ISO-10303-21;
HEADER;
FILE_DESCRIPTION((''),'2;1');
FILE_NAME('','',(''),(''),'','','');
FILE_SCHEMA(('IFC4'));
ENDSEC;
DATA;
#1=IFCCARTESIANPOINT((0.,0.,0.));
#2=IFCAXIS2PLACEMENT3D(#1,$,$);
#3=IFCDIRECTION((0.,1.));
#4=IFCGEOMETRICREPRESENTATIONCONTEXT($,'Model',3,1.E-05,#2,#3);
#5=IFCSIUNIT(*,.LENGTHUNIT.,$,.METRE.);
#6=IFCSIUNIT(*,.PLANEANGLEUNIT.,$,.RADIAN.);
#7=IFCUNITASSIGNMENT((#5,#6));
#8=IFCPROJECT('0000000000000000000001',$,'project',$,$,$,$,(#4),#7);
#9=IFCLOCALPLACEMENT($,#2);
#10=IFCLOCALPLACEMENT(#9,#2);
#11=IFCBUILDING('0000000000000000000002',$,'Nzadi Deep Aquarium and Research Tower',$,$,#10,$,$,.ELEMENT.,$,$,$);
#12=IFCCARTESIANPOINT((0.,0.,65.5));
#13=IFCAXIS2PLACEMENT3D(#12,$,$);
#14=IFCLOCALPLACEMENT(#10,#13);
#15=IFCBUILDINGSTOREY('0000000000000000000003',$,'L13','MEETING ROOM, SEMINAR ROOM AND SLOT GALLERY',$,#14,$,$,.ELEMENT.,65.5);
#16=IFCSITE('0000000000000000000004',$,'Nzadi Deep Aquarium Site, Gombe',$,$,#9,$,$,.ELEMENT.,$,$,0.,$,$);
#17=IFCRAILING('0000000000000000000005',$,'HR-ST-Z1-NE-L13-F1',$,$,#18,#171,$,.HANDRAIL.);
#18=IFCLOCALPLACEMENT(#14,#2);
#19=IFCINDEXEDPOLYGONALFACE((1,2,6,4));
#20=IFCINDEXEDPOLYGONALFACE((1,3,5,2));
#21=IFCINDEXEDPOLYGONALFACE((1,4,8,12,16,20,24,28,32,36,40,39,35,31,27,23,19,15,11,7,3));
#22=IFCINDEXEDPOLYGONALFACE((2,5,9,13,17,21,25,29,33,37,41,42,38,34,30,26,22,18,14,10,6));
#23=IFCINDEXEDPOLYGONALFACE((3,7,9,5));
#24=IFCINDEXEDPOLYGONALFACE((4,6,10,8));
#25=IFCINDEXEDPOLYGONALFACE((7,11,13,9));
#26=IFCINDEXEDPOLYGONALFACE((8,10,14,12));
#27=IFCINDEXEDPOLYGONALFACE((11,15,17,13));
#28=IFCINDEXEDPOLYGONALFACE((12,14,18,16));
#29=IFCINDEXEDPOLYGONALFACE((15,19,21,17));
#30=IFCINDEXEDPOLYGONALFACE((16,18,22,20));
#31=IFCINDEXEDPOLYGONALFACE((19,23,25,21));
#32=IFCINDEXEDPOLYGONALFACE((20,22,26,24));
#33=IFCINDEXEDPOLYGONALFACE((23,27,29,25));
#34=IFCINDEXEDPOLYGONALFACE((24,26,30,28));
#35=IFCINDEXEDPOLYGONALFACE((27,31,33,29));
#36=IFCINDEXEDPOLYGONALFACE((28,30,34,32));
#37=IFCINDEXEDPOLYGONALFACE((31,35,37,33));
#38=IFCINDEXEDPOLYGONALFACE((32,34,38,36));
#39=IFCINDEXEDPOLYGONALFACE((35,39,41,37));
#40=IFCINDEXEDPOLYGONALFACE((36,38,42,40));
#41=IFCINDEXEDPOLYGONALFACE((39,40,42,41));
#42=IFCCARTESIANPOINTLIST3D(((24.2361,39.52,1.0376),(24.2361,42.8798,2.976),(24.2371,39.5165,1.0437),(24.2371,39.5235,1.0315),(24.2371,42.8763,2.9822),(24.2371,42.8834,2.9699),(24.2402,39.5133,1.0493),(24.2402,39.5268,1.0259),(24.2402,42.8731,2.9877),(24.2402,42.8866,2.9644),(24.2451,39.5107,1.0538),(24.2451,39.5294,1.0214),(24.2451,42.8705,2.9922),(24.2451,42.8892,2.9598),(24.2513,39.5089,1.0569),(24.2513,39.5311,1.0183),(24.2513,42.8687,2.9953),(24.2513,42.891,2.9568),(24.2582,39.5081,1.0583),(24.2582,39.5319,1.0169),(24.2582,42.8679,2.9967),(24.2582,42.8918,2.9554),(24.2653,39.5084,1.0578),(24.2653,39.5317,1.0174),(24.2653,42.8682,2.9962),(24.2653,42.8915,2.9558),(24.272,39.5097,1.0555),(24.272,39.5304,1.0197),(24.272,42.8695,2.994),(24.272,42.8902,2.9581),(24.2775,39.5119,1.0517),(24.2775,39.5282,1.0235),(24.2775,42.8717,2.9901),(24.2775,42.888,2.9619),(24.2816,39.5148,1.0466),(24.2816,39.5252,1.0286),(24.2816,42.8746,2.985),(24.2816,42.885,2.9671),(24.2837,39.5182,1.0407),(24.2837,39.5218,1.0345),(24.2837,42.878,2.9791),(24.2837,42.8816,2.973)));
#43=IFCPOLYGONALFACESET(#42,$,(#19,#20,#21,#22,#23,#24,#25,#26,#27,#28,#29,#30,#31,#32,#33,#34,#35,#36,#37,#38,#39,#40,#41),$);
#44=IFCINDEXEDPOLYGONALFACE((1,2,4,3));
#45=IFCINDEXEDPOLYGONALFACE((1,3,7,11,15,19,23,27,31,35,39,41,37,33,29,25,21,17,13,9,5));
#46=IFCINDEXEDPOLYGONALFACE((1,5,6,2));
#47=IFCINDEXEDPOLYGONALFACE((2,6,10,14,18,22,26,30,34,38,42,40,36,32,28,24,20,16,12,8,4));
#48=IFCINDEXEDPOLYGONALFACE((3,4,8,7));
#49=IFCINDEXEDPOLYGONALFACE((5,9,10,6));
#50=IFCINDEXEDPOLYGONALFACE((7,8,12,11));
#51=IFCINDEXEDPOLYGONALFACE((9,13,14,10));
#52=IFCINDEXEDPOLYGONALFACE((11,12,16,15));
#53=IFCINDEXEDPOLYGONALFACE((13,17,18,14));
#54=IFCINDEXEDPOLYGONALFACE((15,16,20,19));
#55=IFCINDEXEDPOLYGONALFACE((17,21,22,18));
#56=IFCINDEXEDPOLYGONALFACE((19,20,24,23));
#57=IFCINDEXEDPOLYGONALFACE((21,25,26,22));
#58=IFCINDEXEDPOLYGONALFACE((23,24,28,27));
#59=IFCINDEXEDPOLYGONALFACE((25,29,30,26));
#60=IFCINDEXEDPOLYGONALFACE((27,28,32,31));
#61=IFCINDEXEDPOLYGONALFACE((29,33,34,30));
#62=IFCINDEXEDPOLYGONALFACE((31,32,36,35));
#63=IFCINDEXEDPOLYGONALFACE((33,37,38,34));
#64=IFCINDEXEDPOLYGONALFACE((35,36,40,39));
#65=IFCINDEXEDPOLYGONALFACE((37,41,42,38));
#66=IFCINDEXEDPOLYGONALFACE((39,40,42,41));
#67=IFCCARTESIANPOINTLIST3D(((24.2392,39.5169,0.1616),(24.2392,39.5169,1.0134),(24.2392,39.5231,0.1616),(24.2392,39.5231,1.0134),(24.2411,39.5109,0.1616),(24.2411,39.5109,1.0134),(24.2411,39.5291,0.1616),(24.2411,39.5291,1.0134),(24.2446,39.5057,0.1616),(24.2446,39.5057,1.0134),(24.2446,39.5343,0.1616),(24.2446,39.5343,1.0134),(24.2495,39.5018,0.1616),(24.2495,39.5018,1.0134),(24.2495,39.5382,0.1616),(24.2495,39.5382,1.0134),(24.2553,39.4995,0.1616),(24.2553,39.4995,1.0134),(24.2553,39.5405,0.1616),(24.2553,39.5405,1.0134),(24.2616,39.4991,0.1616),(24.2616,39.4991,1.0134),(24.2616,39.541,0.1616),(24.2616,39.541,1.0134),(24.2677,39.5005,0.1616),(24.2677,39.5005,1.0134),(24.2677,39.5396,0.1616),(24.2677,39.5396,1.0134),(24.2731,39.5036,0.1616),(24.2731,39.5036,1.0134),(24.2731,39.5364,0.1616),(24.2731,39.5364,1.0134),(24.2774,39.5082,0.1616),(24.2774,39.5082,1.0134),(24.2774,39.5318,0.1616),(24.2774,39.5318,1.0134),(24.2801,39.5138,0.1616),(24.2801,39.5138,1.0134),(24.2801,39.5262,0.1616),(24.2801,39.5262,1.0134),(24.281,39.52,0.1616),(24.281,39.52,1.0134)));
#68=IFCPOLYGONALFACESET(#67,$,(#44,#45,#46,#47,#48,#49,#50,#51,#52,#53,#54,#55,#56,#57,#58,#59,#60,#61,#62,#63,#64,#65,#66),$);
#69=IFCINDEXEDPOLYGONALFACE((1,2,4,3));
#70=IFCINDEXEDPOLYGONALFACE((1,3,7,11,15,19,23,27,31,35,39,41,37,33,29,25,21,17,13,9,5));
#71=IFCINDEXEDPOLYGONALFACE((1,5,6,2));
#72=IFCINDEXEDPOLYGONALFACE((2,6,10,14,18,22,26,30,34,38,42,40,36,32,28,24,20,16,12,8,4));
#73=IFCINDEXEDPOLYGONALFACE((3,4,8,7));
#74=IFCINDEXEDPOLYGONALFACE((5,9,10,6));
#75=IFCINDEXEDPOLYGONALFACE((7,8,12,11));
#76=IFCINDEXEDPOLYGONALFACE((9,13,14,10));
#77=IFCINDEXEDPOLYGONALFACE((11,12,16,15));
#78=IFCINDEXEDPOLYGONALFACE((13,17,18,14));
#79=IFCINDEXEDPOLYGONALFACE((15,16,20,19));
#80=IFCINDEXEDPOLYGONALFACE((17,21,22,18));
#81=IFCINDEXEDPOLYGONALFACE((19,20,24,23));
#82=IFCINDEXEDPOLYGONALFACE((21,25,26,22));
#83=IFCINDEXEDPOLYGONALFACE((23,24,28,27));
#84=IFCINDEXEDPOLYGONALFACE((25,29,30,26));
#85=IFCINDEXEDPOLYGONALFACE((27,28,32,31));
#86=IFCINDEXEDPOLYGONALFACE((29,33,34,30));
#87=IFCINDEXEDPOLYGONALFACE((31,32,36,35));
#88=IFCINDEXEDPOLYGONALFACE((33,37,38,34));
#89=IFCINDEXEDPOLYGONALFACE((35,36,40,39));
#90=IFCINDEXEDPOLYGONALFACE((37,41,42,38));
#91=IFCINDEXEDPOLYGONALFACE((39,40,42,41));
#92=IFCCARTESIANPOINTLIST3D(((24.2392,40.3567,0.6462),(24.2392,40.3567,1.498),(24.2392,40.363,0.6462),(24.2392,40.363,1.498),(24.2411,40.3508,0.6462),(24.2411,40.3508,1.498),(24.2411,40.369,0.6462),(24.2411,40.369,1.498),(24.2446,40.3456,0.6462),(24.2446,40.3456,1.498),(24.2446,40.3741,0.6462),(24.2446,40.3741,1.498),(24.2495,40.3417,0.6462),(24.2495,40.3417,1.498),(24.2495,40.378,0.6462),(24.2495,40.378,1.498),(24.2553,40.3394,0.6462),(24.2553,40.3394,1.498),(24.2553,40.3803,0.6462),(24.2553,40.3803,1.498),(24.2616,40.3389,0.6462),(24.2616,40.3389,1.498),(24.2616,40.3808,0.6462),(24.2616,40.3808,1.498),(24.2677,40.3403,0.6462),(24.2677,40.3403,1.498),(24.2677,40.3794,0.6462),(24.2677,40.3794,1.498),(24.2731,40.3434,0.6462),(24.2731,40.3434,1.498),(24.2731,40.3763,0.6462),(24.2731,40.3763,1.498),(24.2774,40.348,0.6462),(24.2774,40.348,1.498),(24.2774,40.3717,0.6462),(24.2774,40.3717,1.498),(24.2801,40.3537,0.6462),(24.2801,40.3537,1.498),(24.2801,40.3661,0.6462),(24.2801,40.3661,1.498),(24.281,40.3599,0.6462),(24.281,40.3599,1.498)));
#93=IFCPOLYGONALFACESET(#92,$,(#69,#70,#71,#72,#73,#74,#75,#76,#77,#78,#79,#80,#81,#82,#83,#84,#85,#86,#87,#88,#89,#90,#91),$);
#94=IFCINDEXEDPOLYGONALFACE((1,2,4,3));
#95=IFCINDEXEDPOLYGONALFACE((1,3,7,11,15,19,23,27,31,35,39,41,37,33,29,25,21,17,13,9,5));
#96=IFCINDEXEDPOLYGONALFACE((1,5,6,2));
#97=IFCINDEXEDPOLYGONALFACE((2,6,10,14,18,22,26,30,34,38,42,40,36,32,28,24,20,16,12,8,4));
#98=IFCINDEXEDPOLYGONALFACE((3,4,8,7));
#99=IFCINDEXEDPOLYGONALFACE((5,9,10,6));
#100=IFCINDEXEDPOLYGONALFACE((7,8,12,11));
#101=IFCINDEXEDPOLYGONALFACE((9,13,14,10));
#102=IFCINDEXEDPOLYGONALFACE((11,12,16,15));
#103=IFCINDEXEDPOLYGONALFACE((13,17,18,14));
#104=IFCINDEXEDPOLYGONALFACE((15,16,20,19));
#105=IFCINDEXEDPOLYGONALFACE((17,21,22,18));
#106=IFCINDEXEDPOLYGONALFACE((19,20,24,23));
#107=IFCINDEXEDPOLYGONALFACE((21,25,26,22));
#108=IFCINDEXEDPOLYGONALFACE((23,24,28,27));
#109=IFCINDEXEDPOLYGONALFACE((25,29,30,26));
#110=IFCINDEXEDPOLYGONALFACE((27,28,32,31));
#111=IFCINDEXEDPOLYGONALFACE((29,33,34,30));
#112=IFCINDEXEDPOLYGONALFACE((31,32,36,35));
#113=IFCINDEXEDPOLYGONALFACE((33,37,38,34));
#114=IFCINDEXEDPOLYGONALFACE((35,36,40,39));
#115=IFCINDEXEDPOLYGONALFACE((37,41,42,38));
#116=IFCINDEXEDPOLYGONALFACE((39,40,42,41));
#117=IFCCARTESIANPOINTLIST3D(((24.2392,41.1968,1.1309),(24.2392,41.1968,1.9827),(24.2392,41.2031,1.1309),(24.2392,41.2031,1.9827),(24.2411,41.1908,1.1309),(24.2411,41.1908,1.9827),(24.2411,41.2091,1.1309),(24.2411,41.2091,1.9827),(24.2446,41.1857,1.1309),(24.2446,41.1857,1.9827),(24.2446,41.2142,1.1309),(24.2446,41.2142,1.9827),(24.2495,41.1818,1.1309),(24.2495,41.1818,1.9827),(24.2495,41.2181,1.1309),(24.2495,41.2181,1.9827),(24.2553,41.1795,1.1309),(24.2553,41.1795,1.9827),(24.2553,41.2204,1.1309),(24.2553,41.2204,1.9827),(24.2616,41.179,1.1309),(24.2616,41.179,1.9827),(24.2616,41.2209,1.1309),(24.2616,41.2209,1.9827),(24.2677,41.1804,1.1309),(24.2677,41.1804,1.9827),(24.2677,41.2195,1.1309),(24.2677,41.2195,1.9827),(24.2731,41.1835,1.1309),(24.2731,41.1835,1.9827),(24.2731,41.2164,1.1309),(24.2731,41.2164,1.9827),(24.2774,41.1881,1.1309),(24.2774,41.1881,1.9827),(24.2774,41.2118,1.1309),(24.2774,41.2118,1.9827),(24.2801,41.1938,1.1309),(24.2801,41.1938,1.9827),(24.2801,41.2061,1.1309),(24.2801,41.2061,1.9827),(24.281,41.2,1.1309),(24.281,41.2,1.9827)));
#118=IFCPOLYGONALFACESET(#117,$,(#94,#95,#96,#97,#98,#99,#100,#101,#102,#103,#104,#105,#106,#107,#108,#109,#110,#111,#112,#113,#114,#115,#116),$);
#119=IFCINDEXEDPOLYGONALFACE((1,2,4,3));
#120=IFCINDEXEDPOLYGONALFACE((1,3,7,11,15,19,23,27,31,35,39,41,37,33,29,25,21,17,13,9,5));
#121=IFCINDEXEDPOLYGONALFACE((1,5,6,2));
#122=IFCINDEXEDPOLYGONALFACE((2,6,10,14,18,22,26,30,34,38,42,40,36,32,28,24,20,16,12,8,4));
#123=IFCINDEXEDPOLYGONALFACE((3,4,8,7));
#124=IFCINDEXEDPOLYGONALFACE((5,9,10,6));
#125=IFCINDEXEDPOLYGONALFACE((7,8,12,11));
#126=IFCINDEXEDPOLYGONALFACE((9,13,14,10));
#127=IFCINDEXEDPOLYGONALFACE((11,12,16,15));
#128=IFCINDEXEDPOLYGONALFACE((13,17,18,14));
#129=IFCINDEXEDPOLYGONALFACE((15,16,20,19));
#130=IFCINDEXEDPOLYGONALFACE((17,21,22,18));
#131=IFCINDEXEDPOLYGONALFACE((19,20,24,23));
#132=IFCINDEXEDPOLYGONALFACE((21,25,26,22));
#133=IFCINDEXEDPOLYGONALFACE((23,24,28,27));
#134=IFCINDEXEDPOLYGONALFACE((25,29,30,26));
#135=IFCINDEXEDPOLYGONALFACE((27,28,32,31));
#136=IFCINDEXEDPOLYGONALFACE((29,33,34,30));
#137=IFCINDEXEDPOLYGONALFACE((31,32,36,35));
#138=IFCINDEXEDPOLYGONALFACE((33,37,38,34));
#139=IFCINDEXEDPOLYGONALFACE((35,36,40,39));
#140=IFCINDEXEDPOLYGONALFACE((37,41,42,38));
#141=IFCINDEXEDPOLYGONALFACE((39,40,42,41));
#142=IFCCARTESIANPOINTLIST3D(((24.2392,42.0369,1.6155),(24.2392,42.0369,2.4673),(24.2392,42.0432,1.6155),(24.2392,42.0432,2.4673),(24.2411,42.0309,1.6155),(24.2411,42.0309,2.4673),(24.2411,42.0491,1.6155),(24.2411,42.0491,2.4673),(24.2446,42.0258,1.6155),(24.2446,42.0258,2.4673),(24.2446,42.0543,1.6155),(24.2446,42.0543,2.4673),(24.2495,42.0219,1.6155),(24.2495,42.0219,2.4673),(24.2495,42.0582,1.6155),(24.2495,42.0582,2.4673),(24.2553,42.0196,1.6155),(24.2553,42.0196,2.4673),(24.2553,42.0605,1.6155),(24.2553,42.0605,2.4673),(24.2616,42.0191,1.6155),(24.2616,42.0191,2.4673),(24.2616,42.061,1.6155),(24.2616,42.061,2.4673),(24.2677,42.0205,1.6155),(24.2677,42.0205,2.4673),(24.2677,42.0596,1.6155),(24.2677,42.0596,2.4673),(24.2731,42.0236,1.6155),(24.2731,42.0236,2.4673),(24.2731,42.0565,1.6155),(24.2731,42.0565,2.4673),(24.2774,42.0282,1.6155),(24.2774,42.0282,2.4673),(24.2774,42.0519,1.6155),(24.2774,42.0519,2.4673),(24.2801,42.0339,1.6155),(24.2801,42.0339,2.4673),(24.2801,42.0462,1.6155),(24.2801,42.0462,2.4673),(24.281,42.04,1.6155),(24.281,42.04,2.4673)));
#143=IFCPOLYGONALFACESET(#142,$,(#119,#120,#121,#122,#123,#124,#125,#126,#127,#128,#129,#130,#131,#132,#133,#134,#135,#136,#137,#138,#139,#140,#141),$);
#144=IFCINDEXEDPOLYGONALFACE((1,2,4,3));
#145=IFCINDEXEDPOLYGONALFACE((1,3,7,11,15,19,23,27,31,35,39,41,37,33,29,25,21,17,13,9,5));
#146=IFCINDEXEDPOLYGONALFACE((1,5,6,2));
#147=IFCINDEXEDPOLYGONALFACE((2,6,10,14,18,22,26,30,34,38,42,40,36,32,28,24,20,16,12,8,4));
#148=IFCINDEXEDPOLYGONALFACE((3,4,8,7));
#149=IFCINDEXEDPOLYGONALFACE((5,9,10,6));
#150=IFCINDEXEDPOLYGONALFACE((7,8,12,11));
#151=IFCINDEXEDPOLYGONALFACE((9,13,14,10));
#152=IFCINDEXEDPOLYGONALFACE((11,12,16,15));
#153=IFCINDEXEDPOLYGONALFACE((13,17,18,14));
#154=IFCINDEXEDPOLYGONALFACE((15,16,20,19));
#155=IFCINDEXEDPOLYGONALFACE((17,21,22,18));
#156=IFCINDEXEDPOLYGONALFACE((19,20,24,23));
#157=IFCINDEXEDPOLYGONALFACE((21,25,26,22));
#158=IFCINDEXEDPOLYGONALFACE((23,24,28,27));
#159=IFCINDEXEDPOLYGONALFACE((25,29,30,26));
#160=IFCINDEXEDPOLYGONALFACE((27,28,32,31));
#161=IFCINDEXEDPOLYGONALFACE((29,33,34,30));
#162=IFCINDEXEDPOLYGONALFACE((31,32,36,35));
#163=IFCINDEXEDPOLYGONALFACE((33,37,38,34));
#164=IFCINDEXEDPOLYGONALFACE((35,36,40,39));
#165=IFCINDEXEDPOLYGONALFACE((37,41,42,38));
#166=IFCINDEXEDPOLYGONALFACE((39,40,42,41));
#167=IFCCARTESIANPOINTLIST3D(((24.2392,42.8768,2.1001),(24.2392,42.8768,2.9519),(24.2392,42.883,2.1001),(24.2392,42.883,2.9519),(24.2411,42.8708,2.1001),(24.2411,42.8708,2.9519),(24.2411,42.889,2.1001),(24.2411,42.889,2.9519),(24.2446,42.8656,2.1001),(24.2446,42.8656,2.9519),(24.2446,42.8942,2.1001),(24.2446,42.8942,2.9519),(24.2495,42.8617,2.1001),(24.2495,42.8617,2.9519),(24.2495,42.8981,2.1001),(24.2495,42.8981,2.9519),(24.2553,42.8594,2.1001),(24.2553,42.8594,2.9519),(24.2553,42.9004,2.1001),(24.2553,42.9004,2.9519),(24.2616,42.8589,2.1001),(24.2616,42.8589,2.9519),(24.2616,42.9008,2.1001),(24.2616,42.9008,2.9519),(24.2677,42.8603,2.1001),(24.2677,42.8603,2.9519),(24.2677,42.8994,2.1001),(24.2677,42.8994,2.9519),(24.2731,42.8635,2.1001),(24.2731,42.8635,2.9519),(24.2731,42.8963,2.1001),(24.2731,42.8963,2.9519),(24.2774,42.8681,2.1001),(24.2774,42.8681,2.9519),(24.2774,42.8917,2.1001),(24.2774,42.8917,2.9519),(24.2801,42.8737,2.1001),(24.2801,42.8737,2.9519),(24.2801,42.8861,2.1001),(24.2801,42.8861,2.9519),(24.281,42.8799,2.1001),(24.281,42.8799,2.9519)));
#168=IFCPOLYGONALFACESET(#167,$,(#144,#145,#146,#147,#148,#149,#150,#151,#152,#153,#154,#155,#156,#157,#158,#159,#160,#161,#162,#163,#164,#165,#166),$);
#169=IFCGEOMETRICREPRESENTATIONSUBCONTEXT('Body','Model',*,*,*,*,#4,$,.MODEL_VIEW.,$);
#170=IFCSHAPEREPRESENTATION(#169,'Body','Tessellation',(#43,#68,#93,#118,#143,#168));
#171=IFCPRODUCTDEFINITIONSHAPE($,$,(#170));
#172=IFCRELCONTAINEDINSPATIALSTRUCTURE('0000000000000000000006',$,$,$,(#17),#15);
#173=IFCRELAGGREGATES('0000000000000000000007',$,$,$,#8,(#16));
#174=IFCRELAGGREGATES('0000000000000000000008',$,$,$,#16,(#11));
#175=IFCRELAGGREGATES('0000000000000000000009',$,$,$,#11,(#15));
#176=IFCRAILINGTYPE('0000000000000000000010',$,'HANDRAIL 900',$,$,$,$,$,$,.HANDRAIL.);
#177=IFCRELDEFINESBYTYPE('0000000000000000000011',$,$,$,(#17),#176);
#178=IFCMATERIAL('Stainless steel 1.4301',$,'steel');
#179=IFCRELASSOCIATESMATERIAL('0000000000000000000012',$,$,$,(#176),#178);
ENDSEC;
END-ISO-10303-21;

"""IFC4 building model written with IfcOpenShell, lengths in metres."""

from ifc_helpers import new_model, si_unit, direction, frame, origin, origin_2d, place, context, subcontext, project, spatial, circle, extrude, material, type_object, element, save


model = new_model("IFC4")

# Units and contexts
model_context = context("Model", 3, precision=1e-05, world=origin(), true_north=direction((0.0, 1.0)))
body_context = subcontext(model_context, "Body", "Model", "MODEL_VIEW")
ifc_project = project(units=[si_unit("LENGTHUNIT", "METRE"), si_unit("PLANEANGLEUNIT", "RADIAN")], contexts=[model_context])

# Site, building, storey
site_placement = place(None, origin())
site = spatial("IfcSite", under=ifc_project, at=site_placement, Name="Nzadi Deep Aquarium Site, Gombe", CompositionType="ELEMENT", RefElevation=0.0)
building_placement = place(site_placement, origin())
building = spatial("IfcBuilding", under=site, at=building_placement, Name="Nzadi Deep Aquarium and Research Tower", CompositionType="ELEMENT")
storey_placement = place(building_placement, frame((0.0, 0.0, 65.5)))
storey = spatial("IfcBuildingStorey", under=building, at=storey_placement, Name="L13", Description="MEETING ROOM, SEMINAR ROOM AND SLOT GALLERY", CompositionType="ELEMENT", Elevation=65.5)

# Railing
ifc_material_1 = material(Name="Stainless steel 1.4301", Category="steel")
railing_type = type_object("IfcRailingType", Name="HANDRAIL 900", PredefinedType="HANDRAIL", material=ifc_material_1)
for number, where, name in (
    (1, (24.26, 39.52, 0.1616), "HR-ST-Z1-NE-L13-F1"),
):
    element("IfcRailing", number, at=place(storey_placement, frame(where)), inside=storey, type_object=railing_type, Name=name, PredefinedType="HANDRAIL", context=body_context, shape_type="SweptSolid", body=[
        extrude(circle(Radius=0.0239, at=origin_2d()), frame((0.0, 0.0, 0.876), z_axis=(0.0, 0.866175, 0.499741), x_axis=(-1.0, 0.0, 0.0)), (0.0, 0.0, 1.0), 3.8789),
        extrude(circle(Radius=0.021, at=origin_2d()), origin(), (0.0, 0.0, 1.0), 0.8518),
        extrude(circle(Radius=0.021, at=origin_2d()), frame((0.0, 0.8398, 0.4846)), (0.0, 0.0, 1.0), 0.8518),
        extrude(circle(Radius=0.021, at=origin_2d()), frame((0.0, 1.6799, 0.9692)), (0.0, 0.0, 1.0), 0.8518),
        extrude(circle(Radius=0.021, at=origin_2d()), frame((0.0, 2.52, 1.4539)), (0.0, 0.0, 1.0), 0.8518),
        extrude(circle(Radius=0.021, at=origin_2d()), frame((0.0, 3.3599, 1.9385)), (0.0, 0.0, 1.0), 0.8518),
    ])

save(model, "model.ifc")
